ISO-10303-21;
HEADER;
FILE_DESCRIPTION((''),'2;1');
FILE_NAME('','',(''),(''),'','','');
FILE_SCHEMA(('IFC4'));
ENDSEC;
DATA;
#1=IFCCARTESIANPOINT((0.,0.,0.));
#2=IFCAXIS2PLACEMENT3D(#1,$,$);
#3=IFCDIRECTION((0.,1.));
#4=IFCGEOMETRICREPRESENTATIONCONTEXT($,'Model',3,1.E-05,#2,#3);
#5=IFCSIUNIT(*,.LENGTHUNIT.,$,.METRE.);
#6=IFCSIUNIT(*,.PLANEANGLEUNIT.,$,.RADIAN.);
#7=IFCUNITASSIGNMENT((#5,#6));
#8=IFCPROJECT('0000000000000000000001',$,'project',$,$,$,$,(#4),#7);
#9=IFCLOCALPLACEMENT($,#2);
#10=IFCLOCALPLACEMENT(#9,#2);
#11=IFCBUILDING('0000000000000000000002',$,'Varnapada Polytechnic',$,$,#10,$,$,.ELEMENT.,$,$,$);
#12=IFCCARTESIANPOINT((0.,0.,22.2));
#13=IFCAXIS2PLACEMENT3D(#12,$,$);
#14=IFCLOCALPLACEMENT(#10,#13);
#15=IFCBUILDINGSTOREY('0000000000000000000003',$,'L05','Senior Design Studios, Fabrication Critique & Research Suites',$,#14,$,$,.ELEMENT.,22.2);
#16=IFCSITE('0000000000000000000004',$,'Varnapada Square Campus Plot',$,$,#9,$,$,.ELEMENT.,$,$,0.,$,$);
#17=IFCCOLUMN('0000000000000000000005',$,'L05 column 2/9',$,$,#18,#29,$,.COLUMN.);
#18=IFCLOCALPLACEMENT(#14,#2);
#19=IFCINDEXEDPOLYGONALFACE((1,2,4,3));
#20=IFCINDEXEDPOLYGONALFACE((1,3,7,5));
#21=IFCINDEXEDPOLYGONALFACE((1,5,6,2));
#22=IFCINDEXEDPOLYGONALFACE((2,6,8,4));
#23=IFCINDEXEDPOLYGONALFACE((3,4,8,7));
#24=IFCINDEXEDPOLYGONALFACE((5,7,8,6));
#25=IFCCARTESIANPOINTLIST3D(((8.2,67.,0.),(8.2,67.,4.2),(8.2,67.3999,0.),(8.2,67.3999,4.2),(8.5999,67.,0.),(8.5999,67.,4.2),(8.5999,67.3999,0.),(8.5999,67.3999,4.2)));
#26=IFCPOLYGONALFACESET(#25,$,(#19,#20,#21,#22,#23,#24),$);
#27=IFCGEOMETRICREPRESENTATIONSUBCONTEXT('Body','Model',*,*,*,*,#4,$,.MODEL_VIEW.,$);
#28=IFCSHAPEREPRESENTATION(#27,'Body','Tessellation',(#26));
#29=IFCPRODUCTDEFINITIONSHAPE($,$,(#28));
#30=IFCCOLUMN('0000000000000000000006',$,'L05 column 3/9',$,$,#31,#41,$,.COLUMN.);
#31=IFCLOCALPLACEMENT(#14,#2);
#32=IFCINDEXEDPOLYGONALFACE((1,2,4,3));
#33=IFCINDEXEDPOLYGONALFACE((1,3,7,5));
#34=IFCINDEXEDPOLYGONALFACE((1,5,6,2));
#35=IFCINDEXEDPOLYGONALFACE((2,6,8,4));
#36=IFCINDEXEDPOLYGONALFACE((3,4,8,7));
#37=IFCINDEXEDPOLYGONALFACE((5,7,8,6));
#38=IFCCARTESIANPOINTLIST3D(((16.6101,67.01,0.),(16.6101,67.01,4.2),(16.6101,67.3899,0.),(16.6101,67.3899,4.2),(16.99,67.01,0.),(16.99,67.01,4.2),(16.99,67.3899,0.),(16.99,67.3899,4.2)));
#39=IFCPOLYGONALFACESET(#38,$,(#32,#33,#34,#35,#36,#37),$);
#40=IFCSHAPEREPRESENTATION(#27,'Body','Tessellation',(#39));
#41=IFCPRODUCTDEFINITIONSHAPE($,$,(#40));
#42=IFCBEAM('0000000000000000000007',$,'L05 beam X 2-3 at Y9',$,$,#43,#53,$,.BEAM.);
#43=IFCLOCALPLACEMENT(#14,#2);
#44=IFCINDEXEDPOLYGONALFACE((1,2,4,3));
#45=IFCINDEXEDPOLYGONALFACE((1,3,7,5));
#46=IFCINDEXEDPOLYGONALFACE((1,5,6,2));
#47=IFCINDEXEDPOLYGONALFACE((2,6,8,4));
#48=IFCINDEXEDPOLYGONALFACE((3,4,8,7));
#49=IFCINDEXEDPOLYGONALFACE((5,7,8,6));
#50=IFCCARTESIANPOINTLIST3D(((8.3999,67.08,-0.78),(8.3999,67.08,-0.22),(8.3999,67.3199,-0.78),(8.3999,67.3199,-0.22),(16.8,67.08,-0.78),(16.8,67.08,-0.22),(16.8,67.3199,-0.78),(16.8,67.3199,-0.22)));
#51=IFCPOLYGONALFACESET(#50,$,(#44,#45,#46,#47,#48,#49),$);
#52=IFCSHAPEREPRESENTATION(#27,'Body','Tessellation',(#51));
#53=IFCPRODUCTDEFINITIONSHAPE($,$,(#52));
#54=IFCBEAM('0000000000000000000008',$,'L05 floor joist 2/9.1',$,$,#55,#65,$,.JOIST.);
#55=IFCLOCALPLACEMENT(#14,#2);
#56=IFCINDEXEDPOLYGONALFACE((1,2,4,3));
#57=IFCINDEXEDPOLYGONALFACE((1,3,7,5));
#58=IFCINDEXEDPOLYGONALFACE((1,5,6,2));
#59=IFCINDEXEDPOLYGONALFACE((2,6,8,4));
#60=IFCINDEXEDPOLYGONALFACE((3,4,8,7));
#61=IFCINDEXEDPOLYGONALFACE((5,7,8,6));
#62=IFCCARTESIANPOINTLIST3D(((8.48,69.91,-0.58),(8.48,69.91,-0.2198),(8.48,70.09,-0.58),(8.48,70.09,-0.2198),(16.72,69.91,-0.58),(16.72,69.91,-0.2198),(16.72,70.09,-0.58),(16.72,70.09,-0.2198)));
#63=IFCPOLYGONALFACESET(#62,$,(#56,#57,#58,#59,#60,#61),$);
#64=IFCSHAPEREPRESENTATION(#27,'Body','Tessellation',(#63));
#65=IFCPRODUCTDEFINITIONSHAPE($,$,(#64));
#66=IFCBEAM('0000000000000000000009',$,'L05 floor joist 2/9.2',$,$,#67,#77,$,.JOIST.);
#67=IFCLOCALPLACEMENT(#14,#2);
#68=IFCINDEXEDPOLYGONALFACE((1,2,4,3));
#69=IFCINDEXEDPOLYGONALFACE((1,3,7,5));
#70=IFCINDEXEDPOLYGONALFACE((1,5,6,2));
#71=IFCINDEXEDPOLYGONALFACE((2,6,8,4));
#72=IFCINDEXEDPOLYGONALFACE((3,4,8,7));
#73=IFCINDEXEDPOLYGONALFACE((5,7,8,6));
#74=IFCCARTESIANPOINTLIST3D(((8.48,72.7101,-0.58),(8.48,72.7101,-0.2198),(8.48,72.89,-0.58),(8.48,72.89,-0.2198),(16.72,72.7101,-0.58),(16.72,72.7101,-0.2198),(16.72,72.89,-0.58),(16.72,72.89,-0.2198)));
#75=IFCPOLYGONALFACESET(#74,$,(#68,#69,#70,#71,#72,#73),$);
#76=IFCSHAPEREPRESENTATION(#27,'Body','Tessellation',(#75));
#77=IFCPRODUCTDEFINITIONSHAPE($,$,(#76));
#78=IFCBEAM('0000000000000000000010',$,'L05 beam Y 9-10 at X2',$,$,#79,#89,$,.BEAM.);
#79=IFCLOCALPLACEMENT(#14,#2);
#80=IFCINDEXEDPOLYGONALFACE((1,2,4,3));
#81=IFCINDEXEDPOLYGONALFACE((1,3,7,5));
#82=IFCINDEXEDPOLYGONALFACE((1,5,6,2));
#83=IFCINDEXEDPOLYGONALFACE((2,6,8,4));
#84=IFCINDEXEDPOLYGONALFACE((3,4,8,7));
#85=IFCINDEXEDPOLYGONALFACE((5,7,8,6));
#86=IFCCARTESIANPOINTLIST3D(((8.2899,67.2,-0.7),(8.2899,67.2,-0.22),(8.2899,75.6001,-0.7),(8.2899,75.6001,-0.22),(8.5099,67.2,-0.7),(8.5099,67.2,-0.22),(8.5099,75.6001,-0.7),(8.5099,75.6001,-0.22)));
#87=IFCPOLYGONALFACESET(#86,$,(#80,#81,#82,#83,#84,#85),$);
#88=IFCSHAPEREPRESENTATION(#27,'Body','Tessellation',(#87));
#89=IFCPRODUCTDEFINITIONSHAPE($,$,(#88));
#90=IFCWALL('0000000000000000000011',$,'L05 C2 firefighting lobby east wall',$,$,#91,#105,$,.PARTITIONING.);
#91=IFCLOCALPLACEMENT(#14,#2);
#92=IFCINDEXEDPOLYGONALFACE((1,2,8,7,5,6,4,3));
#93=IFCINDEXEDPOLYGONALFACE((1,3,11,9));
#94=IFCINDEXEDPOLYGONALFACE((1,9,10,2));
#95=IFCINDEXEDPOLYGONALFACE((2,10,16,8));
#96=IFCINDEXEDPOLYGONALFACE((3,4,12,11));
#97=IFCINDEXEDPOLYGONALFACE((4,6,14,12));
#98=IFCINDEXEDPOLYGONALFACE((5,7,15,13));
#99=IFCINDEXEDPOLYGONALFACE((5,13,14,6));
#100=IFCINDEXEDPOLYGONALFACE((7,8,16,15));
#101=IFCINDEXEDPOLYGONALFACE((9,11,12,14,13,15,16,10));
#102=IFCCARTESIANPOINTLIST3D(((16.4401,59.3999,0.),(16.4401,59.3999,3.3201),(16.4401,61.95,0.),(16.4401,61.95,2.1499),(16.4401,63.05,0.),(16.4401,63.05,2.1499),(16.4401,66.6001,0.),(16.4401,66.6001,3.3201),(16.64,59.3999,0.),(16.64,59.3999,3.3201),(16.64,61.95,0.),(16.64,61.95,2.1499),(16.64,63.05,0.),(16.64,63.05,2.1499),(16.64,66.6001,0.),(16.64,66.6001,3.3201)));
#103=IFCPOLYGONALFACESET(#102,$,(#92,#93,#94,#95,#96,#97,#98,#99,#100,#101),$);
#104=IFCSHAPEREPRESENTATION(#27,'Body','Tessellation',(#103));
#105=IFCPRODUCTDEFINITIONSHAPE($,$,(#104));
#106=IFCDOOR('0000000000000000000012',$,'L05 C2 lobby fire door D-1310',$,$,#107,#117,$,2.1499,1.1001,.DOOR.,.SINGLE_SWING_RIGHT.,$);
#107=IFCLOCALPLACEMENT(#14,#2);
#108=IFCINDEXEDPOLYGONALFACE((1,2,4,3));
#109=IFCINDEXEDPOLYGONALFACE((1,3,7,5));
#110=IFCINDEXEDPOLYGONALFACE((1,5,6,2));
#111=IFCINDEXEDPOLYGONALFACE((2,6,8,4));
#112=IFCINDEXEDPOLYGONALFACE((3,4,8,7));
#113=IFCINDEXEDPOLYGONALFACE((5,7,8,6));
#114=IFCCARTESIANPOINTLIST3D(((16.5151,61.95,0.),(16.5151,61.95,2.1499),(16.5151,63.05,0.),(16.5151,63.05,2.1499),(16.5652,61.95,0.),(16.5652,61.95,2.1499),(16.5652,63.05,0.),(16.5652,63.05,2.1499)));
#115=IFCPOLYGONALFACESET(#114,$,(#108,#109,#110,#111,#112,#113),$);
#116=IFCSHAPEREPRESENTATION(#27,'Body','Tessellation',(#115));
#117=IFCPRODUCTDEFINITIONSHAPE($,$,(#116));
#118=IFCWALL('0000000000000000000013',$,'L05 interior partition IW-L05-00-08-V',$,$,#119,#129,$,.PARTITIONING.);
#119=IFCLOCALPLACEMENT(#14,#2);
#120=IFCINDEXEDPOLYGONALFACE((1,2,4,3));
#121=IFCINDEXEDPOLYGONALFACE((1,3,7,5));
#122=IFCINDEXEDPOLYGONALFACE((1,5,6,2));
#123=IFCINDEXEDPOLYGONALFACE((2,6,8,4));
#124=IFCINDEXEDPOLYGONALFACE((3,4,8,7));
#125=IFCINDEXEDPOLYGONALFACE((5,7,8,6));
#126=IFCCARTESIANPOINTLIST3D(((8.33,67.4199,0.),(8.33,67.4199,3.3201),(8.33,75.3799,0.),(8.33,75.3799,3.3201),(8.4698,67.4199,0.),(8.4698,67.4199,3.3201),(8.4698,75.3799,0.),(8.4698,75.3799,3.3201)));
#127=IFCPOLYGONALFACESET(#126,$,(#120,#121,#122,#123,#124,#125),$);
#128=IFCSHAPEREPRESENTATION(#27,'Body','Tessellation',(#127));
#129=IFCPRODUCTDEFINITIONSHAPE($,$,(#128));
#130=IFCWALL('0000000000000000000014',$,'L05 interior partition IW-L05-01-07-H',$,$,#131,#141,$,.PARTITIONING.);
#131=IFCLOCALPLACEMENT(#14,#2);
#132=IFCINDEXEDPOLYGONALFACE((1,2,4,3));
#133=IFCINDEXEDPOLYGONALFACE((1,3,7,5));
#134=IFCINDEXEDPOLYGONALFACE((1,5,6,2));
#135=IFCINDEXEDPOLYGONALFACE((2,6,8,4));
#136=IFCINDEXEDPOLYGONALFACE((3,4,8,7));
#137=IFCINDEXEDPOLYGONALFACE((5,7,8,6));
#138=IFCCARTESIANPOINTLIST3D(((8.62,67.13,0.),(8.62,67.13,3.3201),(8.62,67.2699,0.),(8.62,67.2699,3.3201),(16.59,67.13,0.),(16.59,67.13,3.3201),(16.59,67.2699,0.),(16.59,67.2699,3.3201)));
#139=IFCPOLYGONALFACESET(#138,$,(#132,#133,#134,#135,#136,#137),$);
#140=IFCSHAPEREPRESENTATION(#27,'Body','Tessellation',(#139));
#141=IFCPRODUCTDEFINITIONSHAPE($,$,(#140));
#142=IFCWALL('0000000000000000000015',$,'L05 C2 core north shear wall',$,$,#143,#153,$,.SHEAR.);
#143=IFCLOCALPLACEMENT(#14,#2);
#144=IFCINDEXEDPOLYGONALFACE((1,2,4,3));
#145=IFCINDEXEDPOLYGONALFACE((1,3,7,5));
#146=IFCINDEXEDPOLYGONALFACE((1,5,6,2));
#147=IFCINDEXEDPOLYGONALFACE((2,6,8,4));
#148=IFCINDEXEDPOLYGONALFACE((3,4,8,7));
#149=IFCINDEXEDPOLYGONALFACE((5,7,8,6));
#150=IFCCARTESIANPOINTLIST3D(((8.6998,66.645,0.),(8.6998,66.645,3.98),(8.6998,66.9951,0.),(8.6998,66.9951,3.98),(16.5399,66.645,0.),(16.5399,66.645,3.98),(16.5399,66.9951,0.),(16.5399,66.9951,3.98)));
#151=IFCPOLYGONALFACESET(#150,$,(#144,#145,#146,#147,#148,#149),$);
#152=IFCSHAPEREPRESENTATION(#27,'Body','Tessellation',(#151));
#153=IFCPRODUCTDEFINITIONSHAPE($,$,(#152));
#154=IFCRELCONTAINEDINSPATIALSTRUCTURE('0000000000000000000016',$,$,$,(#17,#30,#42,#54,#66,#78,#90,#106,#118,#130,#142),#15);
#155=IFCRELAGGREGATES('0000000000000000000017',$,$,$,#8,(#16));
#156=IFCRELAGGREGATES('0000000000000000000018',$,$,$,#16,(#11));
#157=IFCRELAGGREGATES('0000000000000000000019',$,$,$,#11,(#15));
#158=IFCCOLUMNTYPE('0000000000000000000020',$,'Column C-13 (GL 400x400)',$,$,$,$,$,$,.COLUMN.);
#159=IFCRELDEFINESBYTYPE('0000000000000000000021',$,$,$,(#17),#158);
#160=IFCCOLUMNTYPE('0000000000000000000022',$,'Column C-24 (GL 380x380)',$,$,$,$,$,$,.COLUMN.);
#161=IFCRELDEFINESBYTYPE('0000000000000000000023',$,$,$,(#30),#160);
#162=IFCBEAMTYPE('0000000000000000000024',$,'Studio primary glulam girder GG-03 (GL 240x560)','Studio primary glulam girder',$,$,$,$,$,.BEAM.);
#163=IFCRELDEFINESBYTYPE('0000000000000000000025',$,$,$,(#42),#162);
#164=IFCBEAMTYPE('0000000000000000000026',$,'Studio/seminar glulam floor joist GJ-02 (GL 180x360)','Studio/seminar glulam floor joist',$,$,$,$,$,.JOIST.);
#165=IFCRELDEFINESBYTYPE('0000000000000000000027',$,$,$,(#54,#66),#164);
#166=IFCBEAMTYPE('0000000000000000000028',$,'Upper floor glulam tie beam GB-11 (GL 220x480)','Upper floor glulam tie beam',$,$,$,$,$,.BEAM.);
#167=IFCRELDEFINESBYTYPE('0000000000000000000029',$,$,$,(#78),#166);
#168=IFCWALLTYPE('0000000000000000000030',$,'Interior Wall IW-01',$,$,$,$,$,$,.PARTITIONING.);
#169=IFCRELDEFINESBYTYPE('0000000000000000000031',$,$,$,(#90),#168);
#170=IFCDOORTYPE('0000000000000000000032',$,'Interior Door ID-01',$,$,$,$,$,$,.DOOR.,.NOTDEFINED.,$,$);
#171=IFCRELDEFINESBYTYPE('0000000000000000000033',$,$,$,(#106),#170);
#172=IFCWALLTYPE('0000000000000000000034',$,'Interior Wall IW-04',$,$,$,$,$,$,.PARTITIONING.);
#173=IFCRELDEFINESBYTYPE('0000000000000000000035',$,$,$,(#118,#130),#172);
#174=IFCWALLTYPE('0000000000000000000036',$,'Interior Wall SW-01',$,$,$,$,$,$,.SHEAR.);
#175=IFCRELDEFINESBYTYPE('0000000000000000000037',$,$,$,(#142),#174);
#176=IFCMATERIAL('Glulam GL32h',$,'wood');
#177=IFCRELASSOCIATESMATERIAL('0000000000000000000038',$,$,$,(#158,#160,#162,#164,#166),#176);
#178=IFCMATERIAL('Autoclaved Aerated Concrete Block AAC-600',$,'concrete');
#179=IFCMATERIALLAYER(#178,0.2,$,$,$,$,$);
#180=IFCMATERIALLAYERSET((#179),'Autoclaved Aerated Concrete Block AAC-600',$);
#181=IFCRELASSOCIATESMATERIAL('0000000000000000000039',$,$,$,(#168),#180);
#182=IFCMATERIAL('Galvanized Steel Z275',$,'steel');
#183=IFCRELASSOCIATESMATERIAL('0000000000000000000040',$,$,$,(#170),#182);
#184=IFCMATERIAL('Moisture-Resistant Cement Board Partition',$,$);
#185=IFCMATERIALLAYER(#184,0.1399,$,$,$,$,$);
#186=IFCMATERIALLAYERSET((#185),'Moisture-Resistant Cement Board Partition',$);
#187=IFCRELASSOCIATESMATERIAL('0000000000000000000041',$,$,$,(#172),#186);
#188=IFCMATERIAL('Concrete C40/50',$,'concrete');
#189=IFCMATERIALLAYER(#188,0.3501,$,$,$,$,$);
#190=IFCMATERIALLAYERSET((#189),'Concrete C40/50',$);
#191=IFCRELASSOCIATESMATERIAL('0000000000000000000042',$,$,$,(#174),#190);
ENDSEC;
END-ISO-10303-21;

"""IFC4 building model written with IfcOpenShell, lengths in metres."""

from ifc_helpers import new_model, si_unit, direction, frame, frame_2d, origin, origin_2d, place, context, subcontext, project, spatial, rectangle, extrude, material, layer, layer_set, material_profile, profile_set, type_object, element, fill, save


model = new_model("IFC4")

# Units and contexts
model_context = context("Model", 3, precision=1e-05, world=origin(), true_north=direction((0.0, 1.0)))
body_context = subcontext(model_context, "Body", "Model", "MODEL_VIEW")
ifc_project = project(units=[si_unit("LENGTHUNIT", "METRE"), si_unit("PLANEANGLEUNIT", "RADIAN")], contexts=[model_context])

# Site, building, storey
site_placement = place(None, origin())
site = spatial("IfcSite", under=ifc_project, at=site_placement, Name="Varnapada Square Campus Plot", CompositionType="ELEMENT", RefElevation=0.0)
building_placement = place(site_placement, origin())
building = spatial("IfcBuilding", under=site, at=building_placement, Name="Varnapada Polytechnic", CompositionType="ELEMENT")
storey_placement = place(building_placement, frame((0.0, 0.0, 22.2)))
storey = spatial("IfcBuildingStorey", under=building, at=storey_placement, Name="L05", Description="Senior Design Studios, Fabrication Critique & Research Suites", CompositionType="ELEMENT", Elevation=22.2)

# Columns
ifc_material_1 = material(Name="Glulam GL32h", Category="wood")
ifc_material_profile_1 = material_profile(ifc_material_1, rectangle(XDim=0.3999, YDim=0.3999, at=origin_2d()), Name="GL 400x400")
ifc_profile_set_1 = profile_set([ifc_material_profile_1], Name="Glulam GL32h")
column_type_1 = type_object("IfcColumnType", Name="Column C-13 (GL 400x400)", PredefinedType="COLUMN", material=ifc_profile_set_1)
column_1_placement = place(storey_placement, frame((8.3999, 67.2, 0.0), z_axis=(0.0, 0.0, 1.0), x_axis=(1.0, 0.0, 0.0)))
element("IfcColumn", 1, at=column_1_placement, inside=storey, type_object=column_type_1, Name="L05 column 2/9", PredefinedType="COLUMN", context=body_context, shape_type="SweptSolid", body=[
    extrude(rectangle(XDim=0.3999, YDim=0.3999, at=origin_2d()), origin(), (0.0, 0.0, 1.0), 4.2),
])
ifc_material_profile_2 = material_profile(ifc_material_1, rectangle(XDim=0.3799, YDim=0.3799, at=origin_2d()), Name="GL 380x380")
ifc_profile_set_2 = profile_set([ifc_material_profile_2], Name="Glulam GL32h")
column_type_2 = type_object("IfcColumnType", Name="Column C-24 (GL 380x380)", PredefinedType="COLUMN", material=ifc_profile_set_2)
column_2_placement = place(storey_placement, frame((16.8, 67.2, 0.0), z_axis=(0.0, 0.0, 1.0), x_axis=(1.0, 0.0, 0.0)))
element("IfcColumn", 2, at=column_2_placement, inside=storey, type_object=column_type_2, Name="L05 column 3/9", PredefinedType="COLUMN", context=body_context, shape_type="SweptSolid", body=[
    extrude(rectangle(XDim=0.3799, YDim=0.3799, at=origin_2d()), origin(), (0.0, 0.0, 1.0), 4.2),
])

# Beams
ifc_material_profile_3 = material_profile(ifc_material_1, rectangle(XDim=0.24, YDim=0.5601, at=origin_2d()), Name="GL 240x560")
ifc_profile_set_3 = profile_set([ifc_material_profile_3], Name="Glulam GL32h")
beam_type_1 = type_object("IfcBeamType", Name="Studio primary glulam girder GG-03 (GL 240x560)", Description="Studio primary glulam girder", PredefinedType="BEAM", material=ifc_profile_set_3)
beam_1_placement = place(storey_placement, frame((8.3999, 67.2, -0.5), z_axis=(1.0, 0.0, 0.0), x_axis=(0.0, 1.0, 0.0)))
element("IfcBeam", 3, at=beam_1_placement, inside=storey, type_object=beam_type_1, Name="L05 beam X 2-3 at Y9", PredefinedType="BEAM", context=body_context, shape_type="SweptSolid", body=[
    extrude(rectangle(XDim=0.24, YDim=0.5601, at=origin_2d()), origin(), (0.0, 0.0, 1.0), 8.4001),
])
ifc_material_profile_4 = material_profile(ifc_material_1, rectangle(XDim=0.1799, YDim=0.3601, at=origin_2d()), Name="GL 180x360")
ifc_profile_set_4 = profile_set([ifc_material_profile_4], Name="Glulam GL32h")
beam_type_2 = type_object("IfcBeamType", Name="Studio/seminar glulam floor joist GJ-02 (GL 180x360)", Description="Studio/seminar glulam floor joist", PredefinedType="JOIST", material=ifc_profile_set_4)
for number, where, z_axis, x_axis, name in (
    (4, (8.48, 70.0, -0.3999), (1.0, 0.0, 0.0), (0.0, 1.0, 0.0), "L05 floor joist 2/9.1"),
    (5, (8.48, 72.8, -0.3999), (1.0, 0.0, 0.0), (0.0, 1.0, 0.0), "L05 floor joist 2/9.2"),
):
    element("IfcBeam", number, at=place(storey_placement, frame(where, z_axis=z_axis, x_axis=x_axis)), inside=storey, type_object=beam_type_2, Name=name, PredefinedType="JOIST", context=body_context, shape_type="SweptSolid", body=[
        extrude(rectangle(XDim=0.1799, YDim=0.3601, at=origin_2d()), origin(), (0.0, 0.0, 1.0), 8.24),
    ])
ifc_material_profile_5 = material_profile(ifc_material_1, rectangle(XDim=0.22, YDim=0.48, at=origin_2d()), Name="GL 220x480")
ifc_profile_set_5 = profile_set([ifc_material_profile_5], Name="Glulam GL32h")
beam_type_3 = type_object("IfcBeamType", Name="Upper floor glulam tie beam GB-11 (GL 220x480)", Description="Upper floor glulam tie beam", PredefinedType="BEAM", material=ifc_profile_set_5)
beam_2_placement = place(storey_placement, frame((8.3999, 67.2, -0.46), z_axis=(0.0, 1.0, 0.0), x_axis=(-1.0, 0.0, 0.0)))
element("IfcBeam", 6, at=beam_2_placement, inside=storey, type_object=beam_type_3, Name="L05 beam Y 9-10 at X2", PredefinedType="BEAM", context=body_context, shape_type="SweptSolid", body=[
    extrude(rectangle(XDim=0.22, YDim=0.48, at=origin_2d()), origin(), (0.0, 0.0, 1.0), 8.4001),
])

# Wall, opening, door
ifc_material_2 = material(Name="Autoclaved Aerated Concrete Block AAC-600", Category="concrete")
ifc_layer_1 = layer(ifc_material_2, 0.2)
ifc_layer_set_1 = layer_set([ifc_layer_1], Name="Autoclaved Aerated Concrete Block AAC-600")
wall_type_1 = type_object("IfcWallType", Name="Interior Wall IW-01", PredefinedType="PARTITIONING", material=ifc_layer_set_1)
wall_1_placement = place(storey_placement, frame((16.54, 66.6001, 0.0), z_axis=(0.0, 0.0, 1.0), x_axis=(0.0, -1.0, 0.0)))
wall_1 = element("IfcWall", 7, at=wall_1_placement, inside=storey, type_object=wall_type_1, Name="L05 C2 firefighting lobby east wall", PredefinedType="PARTITIONING", context=body_context, shape_type="SweptSolid", body=[
    extrude(rectangle(XDim=7.2002, YDim=0.2, at=frame_2d((3.6001, 0.0))), origin(), (0.0, 0.0, 1.0), 3.3201),
])
opening_1_placement = place(wall_1_placement, frame((3.55, 0.0, 0.0)))
opening_1 = element("IfcOpeningElement", 8, at=opening_1_placement, cuts=wall_1, PredefinedType="OPENING", context=body_context, shape_type="SweptSolid", body=[
    extrude(rectangle(XDim=1.1001, YDim=2.1499, at=frame_2d((0.55, 1.075))), frame((0.0, 0.1099, 0.0), z_axis=(0.0, -1.0, 0.0), x_axis=(1.0, 0.0, 0.0)), (0.0, 0.0, 1.0), 0.22),
])
ifc_material_3 = material(Name="Galvanized Steel Z275", Category="steel")
door_type_1 = type_object("IfcDoorType", Name="Interior Door ID-01", OperationType="NOTDEFINED", PredefinedType="DOOR", material=ifc_material_3)
door_1_placement = place(opening_1_placement, frame((1.1001, 0.0, 0.0), z_axis=(0.0, 0.0, 1.0), x_axis=(-1.0, 0.0, 0.0)))
door_1 = element("IfcDoor", 9, at=door_1_placement, inside=storey, type_object=door_type_1, Name="L05 C2 lobby fire door D-1310", OperationType="SINGLE_SWING_RIGHT", OverallHeight=2.1499, OverallWidth=1.1001, PredefinedType="DOOR", context=body_context, shape_type="SweptSolid", body=[
    extrude(rectangle(XDim=1.1001, YDim=2.1499, at=frame_2d((0.55, 1.075))), frame((0.0, 0.0249, 0.0), z_axis=(0.0, -1.0, 0.0), x_axis=(1.0, 0.0, 0.0)), (0.0, 0.0, 1.0), 0.05),
])
fill(opening_1, door_1)

# Walls
ifc_material_4 = material(Name="Moisture-Resistant Cement Board Partition")
ifc_layer_2 = layer(ifc_material_4, 0.1399)
ifc_layer_set_2 = layer_set([ifc_layer_2], Name="Moisture-Resistant Cement Board Partition")
wall_type_2 = type_object("IfcWallType", Name="Interior Wall IW-04", PredefinedType="PARTITIONING", material=ifc_layer_set_2)
wall_2_placement = place(storey_placement, frame((8.3999, 67.4199, 0.0), z_axis=(0.0, 0.0, 1.0), x_axis=(0.0, 1.0, 0.0)))
element("IfcWall", 10, at=wall_2_placement, inside=storey, type_object=wall_type_2, Name="L05 interior partition IW-L05-00-08-V", PredefinedType="PARTITIONING", context=body_context, shape_type="SweptSolid", body=[
    extrude(rectangle(XDim=7.96, YDim=0.1399, at=frame_2d((3.98, 0.0))), origin(), (0.0, 0.0, 1.0), 3.3201),
])
wall_3_placement = place(storey_placement, frame((8.6201, 67.2, 0.0), z_axis=(0.0, 0.0, 1.0), x_axis=(1.0, 0.0, 0.0)))
element("IfcWall", 11, at=wall_3_placement, inside=storey, type_object=wall_type_2, Name="L05 interior partition IW-L05-01-07-H", PredefinedType="PARTITIONING", context=body_context, shape_type="SweptSolid", body=[
    extrude(rectangle(XDim=7.97, YDim=0.1399, at=frame_2d((3.9849, 0.0))), origin(), (0.0, 0.0, 1.0), 3.3201),
])
ifc_material_5 = material(Name="Concrete C40/50", Category="concrete")
ifc_layer_3 = layer(ifc_material_5, 0.3501)
ifc_layer_set_3 = layer_set([ifc_layer_3], Name="Concrete C40/50")
wall_type_3 = type_object("IfcWallType", Name="Interior Wall SW-01", PredefinedType="SHEAR", material=ifc_layer_set_3)
wall_4_placement = place(storey_placement, frame((8.7, 66.8201, 0.0), z_axis=(0.0, 0.0, 1.0), x_axis=(1.0, 0.0, 0.0)))
element("IfcWall", 12, at=wall_4_placement, inside=storey, type_object=wall_type_3, Name="L05 C2 core north shear wall", PredefinedType="SHEAR", context=body_context, shape_type="SweptSolid", body=[
    extrude(rectangle(XDim=7.8401, YDim=0.3501, at=frame_2d((3.9199, 0.0))), origin(), (0.0, 0.0, 1.0), 3.98),
])

save(model, "model.ifc")
